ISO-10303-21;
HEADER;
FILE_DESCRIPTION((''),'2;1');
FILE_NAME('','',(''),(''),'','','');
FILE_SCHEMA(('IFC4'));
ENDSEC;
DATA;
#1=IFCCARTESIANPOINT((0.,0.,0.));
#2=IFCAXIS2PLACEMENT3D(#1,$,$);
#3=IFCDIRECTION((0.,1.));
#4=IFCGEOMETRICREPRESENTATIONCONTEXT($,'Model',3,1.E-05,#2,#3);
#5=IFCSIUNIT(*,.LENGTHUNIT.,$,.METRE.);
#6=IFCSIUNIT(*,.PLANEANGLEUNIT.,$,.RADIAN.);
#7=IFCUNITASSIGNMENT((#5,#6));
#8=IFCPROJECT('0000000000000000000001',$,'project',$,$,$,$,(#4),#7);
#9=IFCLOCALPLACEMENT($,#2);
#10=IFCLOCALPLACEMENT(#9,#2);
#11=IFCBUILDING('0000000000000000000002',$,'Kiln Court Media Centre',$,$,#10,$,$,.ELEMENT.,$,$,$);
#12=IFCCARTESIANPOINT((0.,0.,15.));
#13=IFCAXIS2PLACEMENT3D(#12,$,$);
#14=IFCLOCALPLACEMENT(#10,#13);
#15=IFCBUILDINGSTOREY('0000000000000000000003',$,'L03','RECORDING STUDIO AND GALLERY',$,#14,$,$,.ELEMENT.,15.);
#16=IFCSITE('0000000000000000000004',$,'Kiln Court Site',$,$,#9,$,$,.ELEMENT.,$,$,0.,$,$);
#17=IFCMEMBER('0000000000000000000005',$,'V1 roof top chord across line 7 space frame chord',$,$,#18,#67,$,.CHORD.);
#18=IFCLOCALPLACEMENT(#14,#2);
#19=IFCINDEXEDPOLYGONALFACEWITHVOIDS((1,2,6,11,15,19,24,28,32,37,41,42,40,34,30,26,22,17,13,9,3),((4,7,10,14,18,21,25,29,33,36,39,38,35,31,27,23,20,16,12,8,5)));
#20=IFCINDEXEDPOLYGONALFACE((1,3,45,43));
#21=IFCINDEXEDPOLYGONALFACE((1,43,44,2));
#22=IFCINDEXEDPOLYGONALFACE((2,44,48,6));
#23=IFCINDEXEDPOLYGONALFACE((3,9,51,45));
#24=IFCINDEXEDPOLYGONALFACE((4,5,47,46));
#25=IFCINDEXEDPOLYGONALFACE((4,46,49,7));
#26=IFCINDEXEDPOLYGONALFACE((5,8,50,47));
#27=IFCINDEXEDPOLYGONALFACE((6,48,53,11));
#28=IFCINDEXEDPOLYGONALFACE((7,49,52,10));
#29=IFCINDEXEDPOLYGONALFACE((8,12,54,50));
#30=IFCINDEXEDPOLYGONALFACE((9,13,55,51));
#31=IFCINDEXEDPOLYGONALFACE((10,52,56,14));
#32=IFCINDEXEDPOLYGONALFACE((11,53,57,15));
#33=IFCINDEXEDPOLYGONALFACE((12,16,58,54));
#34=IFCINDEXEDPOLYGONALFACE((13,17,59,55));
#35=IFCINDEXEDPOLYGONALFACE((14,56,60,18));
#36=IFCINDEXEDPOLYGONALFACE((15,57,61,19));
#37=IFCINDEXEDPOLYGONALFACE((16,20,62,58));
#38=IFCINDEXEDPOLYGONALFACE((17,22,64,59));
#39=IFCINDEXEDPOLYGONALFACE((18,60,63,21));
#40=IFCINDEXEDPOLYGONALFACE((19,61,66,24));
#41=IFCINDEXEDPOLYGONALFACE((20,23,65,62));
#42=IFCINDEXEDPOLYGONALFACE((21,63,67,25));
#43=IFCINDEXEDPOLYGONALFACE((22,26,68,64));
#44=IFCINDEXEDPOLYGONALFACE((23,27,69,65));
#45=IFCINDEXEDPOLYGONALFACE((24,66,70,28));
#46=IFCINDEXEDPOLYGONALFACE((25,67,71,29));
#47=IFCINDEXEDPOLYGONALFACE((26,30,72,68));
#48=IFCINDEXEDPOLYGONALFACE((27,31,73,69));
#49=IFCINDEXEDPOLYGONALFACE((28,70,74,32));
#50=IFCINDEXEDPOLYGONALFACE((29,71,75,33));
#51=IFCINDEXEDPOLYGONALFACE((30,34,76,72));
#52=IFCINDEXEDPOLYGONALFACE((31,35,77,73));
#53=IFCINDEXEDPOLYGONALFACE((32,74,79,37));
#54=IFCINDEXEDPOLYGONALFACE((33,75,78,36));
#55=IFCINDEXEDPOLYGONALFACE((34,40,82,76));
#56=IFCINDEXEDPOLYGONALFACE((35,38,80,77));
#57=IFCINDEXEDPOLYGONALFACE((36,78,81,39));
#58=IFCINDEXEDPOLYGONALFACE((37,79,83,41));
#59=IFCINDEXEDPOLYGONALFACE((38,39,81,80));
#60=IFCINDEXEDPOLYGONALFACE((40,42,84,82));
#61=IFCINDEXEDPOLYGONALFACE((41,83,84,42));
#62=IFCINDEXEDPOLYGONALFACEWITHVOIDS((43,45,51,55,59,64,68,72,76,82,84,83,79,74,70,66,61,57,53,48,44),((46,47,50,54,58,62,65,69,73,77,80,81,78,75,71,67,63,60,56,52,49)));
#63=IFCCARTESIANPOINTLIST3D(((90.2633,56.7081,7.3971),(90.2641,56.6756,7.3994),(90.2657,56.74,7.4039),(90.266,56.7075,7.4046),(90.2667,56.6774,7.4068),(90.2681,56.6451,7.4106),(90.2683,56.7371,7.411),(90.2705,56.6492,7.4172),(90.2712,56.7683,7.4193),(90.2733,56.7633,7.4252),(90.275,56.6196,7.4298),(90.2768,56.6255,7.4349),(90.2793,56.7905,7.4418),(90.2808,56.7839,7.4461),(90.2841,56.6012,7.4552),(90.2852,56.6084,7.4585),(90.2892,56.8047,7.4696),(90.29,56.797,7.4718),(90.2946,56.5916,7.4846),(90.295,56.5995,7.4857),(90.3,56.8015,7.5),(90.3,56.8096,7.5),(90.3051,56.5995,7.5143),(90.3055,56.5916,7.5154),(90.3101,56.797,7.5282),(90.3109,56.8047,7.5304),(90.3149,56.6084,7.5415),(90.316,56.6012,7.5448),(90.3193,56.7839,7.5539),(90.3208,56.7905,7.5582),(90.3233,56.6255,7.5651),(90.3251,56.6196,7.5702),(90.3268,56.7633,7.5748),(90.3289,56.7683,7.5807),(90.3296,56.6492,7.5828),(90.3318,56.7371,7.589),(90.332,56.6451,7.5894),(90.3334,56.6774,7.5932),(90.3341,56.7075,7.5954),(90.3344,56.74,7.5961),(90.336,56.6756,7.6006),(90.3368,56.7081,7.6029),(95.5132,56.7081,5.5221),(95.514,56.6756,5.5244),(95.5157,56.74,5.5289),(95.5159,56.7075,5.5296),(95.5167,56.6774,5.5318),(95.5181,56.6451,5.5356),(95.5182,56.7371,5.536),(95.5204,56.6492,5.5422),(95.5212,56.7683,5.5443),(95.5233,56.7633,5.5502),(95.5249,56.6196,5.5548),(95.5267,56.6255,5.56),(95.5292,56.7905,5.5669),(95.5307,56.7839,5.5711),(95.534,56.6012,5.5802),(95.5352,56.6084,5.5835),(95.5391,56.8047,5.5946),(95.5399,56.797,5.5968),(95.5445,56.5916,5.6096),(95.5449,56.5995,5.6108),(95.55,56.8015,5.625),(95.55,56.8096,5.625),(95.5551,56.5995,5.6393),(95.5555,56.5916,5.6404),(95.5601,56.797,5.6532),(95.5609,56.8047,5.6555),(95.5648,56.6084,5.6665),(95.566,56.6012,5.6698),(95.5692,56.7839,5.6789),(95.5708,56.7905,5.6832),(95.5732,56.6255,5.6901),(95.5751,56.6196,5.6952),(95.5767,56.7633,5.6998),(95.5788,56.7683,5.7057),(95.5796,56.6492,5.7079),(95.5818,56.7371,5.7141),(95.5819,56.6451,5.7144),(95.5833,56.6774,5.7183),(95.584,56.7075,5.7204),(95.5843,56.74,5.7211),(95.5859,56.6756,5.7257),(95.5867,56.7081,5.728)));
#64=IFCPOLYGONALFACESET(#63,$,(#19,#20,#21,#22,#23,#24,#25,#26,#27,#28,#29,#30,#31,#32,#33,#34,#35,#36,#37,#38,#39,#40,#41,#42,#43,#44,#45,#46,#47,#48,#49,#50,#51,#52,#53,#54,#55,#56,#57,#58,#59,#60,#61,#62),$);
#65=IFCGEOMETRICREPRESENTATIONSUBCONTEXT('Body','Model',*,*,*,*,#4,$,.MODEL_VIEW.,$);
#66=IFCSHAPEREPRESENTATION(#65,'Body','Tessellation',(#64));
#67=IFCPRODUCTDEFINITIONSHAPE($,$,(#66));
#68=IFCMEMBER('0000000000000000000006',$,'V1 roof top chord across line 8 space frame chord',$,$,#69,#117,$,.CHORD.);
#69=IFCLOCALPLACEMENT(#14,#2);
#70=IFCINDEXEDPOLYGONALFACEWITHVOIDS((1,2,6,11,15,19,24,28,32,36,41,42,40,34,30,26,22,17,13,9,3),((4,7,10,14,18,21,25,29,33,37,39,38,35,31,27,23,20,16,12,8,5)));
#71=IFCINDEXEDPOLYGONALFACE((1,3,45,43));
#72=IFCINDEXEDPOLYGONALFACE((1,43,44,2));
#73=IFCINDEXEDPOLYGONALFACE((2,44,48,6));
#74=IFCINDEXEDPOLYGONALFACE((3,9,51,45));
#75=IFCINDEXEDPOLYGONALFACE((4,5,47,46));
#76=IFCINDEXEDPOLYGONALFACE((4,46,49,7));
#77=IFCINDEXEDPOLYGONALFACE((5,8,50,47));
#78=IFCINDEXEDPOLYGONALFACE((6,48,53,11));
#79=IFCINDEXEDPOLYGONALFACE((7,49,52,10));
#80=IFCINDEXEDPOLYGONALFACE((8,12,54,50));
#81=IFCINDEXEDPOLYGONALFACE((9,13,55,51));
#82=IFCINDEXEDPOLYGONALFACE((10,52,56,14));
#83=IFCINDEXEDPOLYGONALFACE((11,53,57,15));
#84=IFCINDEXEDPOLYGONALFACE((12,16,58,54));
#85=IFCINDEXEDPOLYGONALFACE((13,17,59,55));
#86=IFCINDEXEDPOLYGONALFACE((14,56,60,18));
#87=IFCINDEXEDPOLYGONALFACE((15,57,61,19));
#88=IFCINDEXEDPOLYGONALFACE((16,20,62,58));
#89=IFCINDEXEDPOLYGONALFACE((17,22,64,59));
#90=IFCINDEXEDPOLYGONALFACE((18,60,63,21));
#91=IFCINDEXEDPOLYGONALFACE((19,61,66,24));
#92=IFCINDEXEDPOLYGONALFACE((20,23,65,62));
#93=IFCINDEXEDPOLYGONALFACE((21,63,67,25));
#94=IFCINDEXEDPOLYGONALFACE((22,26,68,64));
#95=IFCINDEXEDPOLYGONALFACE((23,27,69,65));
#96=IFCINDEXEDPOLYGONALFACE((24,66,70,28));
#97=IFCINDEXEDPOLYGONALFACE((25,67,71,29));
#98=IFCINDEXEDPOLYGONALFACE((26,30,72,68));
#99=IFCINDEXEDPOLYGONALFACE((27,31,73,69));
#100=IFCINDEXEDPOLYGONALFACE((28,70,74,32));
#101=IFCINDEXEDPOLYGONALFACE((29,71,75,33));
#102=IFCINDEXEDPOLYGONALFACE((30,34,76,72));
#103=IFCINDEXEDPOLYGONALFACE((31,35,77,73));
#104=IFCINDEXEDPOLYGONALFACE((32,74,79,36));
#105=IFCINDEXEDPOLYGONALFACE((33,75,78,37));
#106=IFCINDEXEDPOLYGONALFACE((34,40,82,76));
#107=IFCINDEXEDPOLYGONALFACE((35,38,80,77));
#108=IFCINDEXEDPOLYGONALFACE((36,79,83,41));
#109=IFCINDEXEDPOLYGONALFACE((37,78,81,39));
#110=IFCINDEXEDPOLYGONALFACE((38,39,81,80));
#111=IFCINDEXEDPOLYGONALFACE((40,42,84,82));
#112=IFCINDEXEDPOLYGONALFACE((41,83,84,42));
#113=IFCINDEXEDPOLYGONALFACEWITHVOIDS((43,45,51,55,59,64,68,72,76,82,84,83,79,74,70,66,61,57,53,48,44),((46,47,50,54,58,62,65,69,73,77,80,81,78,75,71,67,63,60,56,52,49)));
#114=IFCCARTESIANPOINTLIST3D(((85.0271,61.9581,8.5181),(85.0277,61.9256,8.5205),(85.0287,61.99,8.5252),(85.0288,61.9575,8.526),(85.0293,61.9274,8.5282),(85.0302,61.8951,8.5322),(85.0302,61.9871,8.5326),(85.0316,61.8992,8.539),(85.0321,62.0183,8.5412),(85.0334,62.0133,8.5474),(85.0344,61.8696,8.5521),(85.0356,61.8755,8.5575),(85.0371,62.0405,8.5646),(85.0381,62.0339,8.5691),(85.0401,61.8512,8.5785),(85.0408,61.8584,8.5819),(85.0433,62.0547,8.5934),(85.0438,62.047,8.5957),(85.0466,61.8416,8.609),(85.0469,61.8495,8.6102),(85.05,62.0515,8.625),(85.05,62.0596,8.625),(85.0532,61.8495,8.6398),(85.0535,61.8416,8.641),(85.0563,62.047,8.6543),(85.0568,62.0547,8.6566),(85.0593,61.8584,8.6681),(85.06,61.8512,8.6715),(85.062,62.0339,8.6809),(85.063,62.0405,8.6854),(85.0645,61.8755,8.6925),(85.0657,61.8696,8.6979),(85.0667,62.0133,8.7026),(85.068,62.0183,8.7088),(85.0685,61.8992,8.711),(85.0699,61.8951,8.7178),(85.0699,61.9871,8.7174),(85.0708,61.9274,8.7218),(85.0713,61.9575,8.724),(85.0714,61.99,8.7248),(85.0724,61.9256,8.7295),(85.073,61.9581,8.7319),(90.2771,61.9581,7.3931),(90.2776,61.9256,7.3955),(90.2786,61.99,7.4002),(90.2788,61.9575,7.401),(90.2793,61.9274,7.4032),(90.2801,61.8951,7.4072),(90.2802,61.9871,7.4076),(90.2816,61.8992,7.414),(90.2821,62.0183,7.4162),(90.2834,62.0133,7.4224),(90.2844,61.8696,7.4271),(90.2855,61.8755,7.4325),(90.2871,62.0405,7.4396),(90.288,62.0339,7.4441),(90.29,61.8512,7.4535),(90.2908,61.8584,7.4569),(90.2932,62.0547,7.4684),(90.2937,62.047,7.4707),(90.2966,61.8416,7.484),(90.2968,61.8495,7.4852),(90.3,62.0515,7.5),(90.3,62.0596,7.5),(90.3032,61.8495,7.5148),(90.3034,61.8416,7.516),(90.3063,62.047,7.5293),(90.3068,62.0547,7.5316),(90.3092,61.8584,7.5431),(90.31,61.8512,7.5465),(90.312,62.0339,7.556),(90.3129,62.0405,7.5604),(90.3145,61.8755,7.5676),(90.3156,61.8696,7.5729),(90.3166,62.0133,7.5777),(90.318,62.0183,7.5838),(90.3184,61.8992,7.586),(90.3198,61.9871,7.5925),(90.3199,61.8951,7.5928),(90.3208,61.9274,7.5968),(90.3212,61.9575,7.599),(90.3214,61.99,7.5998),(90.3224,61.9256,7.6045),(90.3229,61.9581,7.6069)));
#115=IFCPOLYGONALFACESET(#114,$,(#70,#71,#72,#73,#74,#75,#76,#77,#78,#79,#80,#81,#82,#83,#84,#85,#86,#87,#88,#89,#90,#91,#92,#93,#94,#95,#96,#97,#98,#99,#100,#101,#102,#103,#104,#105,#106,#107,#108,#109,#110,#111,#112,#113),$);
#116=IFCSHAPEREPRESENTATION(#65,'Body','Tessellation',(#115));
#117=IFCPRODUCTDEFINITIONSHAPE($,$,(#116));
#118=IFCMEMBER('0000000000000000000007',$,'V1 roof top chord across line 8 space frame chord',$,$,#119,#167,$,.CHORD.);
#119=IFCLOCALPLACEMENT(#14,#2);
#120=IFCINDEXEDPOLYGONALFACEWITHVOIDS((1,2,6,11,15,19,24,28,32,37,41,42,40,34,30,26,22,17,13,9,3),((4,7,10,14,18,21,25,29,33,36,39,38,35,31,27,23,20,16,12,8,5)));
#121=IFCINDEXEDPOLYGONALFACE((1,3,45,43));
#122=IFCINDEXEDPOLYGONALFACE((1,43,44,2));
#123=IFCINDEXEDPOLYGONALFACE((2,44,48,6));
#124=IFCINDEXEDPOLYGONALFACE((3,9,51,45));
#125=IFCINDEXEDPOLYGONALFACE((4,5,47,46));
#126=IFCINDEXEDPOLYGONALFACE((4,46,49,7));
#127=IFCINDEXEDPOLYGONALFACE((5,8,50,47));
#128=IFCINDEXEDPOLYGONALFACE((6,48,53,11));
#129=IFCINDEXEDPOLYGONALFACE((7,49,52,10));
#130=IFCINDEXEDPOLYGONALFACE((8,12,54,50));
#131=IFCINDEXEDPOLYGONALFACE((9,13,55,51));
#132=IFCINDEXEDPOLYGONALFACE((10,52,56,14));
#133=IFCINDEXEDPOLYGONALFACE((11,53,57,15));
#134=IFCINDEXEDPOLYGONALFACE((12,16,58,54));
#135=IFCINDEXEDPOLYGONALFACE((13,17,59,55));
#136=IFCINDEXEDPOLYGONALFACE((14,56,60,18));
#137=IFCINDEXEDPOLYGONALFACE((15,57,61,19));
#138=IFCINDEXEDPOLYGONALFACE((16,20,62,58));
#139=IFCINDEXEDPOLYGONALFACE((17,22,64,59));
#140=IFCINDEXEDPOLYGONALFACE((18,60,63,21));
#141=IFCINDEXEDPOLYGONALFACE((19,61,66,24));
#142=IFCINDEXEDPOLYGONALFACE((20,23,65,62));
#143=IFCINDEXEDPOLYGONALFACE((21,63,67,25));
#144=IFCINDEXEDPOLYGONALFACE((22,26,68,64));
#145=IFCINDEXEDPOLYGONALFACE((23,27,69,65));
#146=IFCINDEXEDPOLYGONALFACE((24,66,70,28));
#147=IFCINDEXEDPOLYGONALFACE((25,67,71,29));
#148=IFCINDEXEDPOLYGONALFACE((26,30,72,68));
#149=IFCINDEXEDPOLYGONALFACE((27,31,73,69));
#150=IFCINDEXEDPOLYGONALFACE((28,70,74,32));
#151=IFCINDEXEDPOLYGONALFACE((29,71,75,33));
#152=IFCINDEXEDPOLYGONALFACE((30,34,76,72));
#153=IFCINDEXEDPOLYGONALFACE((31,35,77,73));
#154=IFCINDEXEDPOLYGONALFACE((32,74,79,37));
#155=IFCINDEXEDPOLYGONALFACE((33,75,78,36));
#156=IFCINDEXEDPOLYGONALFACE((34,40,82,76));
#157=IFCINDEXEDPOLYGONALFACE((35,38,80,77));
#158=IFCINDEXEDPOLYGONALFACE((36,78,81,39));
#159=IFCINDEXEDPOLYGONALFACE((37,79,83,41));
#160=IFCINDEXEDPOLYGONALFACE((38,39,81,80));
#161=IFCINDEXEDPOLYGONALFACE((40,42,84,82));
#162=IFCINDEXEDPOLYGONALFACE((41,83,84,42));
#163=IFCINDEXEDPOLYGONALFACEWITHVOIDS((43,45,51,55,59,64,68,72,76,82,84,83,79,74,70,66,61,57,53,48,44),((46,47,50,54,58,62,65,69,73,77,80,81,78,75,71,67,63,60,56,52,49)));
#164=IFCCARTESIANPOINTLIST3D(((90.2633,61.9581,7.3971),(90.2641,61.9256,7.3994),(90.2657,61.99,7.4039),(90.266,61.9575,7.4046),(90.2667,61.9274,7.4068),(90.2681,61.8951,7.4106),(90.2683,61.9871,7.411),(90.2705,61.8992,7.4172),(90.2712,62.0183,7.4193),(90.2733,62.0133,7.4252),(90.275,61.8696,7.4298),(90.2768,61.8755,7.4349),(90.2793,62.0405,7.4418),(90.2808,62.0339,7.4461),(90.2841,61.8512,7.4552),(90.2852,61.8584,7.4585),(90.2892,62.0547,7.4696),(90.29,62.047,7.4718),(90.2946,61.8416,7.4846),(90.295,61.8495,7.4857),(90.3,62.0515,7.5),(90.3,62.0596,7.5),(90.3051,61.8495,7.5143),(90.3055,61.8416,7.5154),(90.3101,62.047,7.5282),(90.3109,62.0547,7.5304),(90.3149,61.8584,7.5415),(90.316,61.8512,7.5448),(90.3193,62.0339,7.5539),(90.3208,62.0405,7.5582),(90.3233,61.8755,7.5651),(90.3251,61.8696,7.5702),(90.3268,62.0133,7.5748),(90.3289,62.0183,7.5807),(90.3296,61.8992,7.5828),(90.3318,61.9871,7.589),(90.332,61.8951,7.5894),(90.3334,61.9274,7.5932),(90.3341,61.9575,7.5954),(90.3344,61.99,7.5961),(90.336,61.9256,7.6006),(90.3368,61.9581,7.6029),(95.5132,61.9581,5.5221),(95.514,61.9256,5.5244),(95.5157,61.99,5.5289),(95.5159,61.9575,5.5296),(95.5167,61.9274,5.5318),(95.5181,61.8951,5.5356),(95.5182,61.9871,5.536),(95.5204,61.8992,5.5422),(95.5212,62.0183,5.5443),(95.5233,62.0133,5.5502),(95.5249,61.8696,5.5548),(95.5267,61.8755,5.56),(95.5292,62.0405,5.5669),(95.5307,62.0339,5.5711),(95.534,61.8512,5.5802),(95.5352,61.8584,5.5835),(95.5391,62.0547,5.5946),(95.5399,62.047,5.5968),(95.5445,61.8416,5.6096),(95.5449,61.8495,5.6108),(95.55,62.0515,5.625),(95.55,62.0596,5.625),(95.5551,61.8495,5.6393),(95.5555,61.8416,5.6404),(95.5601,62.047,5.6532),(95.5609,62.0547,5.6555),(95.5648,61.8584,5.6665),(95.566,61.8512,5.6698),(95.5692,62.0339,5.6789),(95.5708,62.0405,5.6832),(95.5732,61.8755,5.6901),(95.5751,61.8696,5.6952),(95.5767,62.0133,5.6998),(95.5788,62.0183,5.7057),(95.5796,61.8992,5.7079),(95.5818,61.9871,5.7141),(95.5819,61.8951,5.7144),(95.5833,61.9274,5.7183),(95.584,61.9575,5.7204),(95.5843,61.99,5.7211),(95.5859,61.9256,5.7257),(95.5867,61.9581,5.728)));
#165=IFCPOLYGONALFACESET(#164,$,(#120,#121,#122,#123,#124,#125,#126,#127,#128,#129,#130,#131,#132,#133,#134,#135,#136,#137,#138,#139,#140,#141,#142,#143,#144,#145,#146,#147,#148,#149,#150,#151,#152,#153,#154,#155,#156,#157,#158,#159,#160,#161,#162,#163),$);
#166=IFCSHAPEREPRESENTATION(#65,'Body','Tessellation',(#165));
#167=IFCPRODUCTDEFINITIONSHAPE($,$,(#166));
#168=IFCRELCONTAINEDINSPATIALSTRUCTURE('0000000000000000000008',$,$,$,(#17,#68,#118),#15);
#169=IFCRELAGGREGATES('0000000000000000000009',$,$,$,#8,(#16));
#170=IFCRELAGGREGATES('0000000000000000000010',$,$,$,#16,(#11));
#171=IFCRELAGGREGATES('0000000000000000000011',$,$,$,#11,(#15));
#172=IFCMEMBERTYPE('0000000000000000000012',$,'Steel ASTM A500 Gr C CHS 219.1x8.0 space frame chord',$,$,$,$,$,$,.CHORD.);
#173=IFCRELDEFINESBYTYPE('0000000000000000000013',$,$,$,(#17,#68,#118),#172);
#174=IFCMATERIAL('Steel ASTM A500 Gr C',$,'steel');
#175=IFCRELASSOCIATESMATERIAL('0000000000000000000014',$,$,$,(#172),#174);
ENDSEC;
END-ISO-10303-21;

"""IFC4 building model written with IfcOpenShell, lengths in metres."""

from ifc_helpers import new_model, si_unit, direction, frame, origin, origin_2d, place, context, subcontext, project, spatial, hollow_circle, extrude, material, material_profile, profile_set, type_object, element, save


model = new_model("IFC4")

# Units and contexts
model_context = context("Model", 3, precision=1e-05, world=origin(), true_north=direction((0.0, 1.0)))
body_context = subcontext(model_context, "Body", "Model", "MODEL_VIEW")
ifc_project = project(units=[si_unit("LENGTHUNIT", "METRE"), si_unit("PLANEANGLEUNIT", "RADIAN")], contexts=[model_context])

# Site, building, storey
site_placement = place(None, origin())
site = spatial("IfcSite", under=ifc_project, at=site_placement, Name="Kiln Court Site", CompositionType="ELEMENT", RefElevation=0.0)
building_placement = place(site_placement, origin())
building = spatial("IfcBuilding", under=site, at=building_placement, Name="Kiln Court Media Centre", CompositionType="ELEMENT")
storey_placement = place(building_placement, frame((0.0, 0.0, 15.0)))
storey = spatial("IfcBuildingStorey", under=building, at=storey_placement, Name="L03", Description="RECORDING STUDIO AND GALLERY", CompositionType="ELEMENT", Elevation=15.0)

# Members
ifc_material_1 = material(Name="Steel ASTM A500 Gr C", Category="steel")
ifc_material_profile_1 = material_profile(ifc_material_1, hollow_circle(Radius=0.1096, WallThickness=0.0081, at=origin_2d()), Name="CHS 219.1x8.0")
ifc_profile_set_1 = profile_set([ifc_material_profile_1], Name="Steel ASTM A500 Gr C")
member_type_1 = type_object("IfcMemberType", Name="Steel ASTM A500 Gr C CHS 219.1x8.0 space frame chord", PredefinedType="CHORD", material=ifc_profile_set_1)
member_1_placement = place(storey_placement, frame((90.3, 56.7, 7.5), z_axis=(0.941742, 0.0, -0.336336), x_axis=(0.0, 1.0, 0.0)))
element("IfcMember", 1, at=member_1_placement, inside=storey, type_object=member_type_1, Name="V1 roof top chord across line 7 space frame chord", PredefinedType="CHORD", context=body_context, shape_type="SweptSolid", body=[
    extrude(hollow_circle(Radius=0.1096, WallThickness=0.0081, at=origin_2d()), origin(), (0.0, 0.0, 1.0), 5.5747),
])
member_2_placement = place(storey_placement, frame((85.05, 61.95, 8.625), z_axis=(0.977802, 0.0, -0.209529), x_axis=(0.0, 1.0, 0.0)))
element("IfcMember", 2, at=member_2_placement, inside=storey, type_object=member_type_1, Name="V1 roof top chord across line 8 space frame chord", PredefinedType="CHORD", context=body_context, shape_type="SweptSolid", body=[
    extrude(hollow_circle(Radius=0.1096, WallThickness=0.0081, at=origin_2d()), origin(), (0.0, 0.0, 1.0), 5.3691),
])
member_3_placement = place(storey_placement, frame((90.3, 61.95, 7.5), z_axis=(0.941742, 0.0, -0.336336), x_axis=(0.0, 1.0, 0.0)))
element("IfcMember", 3, at=member_3_placement, inside=storey, type_object=member_type_1, Name="V1 roof top chord across line 8 space frame chord", PredefinedType="CHORD", context=body_context, shape_type="SweptSolid", body=[
    extrude(hollow_circle(Radius=0.1096, WallThickness=0.0081, at=origin_2d()), origin(), (0.0, 0.0, 1.0), 5.5747),
])

save(model, "model.ifc")
